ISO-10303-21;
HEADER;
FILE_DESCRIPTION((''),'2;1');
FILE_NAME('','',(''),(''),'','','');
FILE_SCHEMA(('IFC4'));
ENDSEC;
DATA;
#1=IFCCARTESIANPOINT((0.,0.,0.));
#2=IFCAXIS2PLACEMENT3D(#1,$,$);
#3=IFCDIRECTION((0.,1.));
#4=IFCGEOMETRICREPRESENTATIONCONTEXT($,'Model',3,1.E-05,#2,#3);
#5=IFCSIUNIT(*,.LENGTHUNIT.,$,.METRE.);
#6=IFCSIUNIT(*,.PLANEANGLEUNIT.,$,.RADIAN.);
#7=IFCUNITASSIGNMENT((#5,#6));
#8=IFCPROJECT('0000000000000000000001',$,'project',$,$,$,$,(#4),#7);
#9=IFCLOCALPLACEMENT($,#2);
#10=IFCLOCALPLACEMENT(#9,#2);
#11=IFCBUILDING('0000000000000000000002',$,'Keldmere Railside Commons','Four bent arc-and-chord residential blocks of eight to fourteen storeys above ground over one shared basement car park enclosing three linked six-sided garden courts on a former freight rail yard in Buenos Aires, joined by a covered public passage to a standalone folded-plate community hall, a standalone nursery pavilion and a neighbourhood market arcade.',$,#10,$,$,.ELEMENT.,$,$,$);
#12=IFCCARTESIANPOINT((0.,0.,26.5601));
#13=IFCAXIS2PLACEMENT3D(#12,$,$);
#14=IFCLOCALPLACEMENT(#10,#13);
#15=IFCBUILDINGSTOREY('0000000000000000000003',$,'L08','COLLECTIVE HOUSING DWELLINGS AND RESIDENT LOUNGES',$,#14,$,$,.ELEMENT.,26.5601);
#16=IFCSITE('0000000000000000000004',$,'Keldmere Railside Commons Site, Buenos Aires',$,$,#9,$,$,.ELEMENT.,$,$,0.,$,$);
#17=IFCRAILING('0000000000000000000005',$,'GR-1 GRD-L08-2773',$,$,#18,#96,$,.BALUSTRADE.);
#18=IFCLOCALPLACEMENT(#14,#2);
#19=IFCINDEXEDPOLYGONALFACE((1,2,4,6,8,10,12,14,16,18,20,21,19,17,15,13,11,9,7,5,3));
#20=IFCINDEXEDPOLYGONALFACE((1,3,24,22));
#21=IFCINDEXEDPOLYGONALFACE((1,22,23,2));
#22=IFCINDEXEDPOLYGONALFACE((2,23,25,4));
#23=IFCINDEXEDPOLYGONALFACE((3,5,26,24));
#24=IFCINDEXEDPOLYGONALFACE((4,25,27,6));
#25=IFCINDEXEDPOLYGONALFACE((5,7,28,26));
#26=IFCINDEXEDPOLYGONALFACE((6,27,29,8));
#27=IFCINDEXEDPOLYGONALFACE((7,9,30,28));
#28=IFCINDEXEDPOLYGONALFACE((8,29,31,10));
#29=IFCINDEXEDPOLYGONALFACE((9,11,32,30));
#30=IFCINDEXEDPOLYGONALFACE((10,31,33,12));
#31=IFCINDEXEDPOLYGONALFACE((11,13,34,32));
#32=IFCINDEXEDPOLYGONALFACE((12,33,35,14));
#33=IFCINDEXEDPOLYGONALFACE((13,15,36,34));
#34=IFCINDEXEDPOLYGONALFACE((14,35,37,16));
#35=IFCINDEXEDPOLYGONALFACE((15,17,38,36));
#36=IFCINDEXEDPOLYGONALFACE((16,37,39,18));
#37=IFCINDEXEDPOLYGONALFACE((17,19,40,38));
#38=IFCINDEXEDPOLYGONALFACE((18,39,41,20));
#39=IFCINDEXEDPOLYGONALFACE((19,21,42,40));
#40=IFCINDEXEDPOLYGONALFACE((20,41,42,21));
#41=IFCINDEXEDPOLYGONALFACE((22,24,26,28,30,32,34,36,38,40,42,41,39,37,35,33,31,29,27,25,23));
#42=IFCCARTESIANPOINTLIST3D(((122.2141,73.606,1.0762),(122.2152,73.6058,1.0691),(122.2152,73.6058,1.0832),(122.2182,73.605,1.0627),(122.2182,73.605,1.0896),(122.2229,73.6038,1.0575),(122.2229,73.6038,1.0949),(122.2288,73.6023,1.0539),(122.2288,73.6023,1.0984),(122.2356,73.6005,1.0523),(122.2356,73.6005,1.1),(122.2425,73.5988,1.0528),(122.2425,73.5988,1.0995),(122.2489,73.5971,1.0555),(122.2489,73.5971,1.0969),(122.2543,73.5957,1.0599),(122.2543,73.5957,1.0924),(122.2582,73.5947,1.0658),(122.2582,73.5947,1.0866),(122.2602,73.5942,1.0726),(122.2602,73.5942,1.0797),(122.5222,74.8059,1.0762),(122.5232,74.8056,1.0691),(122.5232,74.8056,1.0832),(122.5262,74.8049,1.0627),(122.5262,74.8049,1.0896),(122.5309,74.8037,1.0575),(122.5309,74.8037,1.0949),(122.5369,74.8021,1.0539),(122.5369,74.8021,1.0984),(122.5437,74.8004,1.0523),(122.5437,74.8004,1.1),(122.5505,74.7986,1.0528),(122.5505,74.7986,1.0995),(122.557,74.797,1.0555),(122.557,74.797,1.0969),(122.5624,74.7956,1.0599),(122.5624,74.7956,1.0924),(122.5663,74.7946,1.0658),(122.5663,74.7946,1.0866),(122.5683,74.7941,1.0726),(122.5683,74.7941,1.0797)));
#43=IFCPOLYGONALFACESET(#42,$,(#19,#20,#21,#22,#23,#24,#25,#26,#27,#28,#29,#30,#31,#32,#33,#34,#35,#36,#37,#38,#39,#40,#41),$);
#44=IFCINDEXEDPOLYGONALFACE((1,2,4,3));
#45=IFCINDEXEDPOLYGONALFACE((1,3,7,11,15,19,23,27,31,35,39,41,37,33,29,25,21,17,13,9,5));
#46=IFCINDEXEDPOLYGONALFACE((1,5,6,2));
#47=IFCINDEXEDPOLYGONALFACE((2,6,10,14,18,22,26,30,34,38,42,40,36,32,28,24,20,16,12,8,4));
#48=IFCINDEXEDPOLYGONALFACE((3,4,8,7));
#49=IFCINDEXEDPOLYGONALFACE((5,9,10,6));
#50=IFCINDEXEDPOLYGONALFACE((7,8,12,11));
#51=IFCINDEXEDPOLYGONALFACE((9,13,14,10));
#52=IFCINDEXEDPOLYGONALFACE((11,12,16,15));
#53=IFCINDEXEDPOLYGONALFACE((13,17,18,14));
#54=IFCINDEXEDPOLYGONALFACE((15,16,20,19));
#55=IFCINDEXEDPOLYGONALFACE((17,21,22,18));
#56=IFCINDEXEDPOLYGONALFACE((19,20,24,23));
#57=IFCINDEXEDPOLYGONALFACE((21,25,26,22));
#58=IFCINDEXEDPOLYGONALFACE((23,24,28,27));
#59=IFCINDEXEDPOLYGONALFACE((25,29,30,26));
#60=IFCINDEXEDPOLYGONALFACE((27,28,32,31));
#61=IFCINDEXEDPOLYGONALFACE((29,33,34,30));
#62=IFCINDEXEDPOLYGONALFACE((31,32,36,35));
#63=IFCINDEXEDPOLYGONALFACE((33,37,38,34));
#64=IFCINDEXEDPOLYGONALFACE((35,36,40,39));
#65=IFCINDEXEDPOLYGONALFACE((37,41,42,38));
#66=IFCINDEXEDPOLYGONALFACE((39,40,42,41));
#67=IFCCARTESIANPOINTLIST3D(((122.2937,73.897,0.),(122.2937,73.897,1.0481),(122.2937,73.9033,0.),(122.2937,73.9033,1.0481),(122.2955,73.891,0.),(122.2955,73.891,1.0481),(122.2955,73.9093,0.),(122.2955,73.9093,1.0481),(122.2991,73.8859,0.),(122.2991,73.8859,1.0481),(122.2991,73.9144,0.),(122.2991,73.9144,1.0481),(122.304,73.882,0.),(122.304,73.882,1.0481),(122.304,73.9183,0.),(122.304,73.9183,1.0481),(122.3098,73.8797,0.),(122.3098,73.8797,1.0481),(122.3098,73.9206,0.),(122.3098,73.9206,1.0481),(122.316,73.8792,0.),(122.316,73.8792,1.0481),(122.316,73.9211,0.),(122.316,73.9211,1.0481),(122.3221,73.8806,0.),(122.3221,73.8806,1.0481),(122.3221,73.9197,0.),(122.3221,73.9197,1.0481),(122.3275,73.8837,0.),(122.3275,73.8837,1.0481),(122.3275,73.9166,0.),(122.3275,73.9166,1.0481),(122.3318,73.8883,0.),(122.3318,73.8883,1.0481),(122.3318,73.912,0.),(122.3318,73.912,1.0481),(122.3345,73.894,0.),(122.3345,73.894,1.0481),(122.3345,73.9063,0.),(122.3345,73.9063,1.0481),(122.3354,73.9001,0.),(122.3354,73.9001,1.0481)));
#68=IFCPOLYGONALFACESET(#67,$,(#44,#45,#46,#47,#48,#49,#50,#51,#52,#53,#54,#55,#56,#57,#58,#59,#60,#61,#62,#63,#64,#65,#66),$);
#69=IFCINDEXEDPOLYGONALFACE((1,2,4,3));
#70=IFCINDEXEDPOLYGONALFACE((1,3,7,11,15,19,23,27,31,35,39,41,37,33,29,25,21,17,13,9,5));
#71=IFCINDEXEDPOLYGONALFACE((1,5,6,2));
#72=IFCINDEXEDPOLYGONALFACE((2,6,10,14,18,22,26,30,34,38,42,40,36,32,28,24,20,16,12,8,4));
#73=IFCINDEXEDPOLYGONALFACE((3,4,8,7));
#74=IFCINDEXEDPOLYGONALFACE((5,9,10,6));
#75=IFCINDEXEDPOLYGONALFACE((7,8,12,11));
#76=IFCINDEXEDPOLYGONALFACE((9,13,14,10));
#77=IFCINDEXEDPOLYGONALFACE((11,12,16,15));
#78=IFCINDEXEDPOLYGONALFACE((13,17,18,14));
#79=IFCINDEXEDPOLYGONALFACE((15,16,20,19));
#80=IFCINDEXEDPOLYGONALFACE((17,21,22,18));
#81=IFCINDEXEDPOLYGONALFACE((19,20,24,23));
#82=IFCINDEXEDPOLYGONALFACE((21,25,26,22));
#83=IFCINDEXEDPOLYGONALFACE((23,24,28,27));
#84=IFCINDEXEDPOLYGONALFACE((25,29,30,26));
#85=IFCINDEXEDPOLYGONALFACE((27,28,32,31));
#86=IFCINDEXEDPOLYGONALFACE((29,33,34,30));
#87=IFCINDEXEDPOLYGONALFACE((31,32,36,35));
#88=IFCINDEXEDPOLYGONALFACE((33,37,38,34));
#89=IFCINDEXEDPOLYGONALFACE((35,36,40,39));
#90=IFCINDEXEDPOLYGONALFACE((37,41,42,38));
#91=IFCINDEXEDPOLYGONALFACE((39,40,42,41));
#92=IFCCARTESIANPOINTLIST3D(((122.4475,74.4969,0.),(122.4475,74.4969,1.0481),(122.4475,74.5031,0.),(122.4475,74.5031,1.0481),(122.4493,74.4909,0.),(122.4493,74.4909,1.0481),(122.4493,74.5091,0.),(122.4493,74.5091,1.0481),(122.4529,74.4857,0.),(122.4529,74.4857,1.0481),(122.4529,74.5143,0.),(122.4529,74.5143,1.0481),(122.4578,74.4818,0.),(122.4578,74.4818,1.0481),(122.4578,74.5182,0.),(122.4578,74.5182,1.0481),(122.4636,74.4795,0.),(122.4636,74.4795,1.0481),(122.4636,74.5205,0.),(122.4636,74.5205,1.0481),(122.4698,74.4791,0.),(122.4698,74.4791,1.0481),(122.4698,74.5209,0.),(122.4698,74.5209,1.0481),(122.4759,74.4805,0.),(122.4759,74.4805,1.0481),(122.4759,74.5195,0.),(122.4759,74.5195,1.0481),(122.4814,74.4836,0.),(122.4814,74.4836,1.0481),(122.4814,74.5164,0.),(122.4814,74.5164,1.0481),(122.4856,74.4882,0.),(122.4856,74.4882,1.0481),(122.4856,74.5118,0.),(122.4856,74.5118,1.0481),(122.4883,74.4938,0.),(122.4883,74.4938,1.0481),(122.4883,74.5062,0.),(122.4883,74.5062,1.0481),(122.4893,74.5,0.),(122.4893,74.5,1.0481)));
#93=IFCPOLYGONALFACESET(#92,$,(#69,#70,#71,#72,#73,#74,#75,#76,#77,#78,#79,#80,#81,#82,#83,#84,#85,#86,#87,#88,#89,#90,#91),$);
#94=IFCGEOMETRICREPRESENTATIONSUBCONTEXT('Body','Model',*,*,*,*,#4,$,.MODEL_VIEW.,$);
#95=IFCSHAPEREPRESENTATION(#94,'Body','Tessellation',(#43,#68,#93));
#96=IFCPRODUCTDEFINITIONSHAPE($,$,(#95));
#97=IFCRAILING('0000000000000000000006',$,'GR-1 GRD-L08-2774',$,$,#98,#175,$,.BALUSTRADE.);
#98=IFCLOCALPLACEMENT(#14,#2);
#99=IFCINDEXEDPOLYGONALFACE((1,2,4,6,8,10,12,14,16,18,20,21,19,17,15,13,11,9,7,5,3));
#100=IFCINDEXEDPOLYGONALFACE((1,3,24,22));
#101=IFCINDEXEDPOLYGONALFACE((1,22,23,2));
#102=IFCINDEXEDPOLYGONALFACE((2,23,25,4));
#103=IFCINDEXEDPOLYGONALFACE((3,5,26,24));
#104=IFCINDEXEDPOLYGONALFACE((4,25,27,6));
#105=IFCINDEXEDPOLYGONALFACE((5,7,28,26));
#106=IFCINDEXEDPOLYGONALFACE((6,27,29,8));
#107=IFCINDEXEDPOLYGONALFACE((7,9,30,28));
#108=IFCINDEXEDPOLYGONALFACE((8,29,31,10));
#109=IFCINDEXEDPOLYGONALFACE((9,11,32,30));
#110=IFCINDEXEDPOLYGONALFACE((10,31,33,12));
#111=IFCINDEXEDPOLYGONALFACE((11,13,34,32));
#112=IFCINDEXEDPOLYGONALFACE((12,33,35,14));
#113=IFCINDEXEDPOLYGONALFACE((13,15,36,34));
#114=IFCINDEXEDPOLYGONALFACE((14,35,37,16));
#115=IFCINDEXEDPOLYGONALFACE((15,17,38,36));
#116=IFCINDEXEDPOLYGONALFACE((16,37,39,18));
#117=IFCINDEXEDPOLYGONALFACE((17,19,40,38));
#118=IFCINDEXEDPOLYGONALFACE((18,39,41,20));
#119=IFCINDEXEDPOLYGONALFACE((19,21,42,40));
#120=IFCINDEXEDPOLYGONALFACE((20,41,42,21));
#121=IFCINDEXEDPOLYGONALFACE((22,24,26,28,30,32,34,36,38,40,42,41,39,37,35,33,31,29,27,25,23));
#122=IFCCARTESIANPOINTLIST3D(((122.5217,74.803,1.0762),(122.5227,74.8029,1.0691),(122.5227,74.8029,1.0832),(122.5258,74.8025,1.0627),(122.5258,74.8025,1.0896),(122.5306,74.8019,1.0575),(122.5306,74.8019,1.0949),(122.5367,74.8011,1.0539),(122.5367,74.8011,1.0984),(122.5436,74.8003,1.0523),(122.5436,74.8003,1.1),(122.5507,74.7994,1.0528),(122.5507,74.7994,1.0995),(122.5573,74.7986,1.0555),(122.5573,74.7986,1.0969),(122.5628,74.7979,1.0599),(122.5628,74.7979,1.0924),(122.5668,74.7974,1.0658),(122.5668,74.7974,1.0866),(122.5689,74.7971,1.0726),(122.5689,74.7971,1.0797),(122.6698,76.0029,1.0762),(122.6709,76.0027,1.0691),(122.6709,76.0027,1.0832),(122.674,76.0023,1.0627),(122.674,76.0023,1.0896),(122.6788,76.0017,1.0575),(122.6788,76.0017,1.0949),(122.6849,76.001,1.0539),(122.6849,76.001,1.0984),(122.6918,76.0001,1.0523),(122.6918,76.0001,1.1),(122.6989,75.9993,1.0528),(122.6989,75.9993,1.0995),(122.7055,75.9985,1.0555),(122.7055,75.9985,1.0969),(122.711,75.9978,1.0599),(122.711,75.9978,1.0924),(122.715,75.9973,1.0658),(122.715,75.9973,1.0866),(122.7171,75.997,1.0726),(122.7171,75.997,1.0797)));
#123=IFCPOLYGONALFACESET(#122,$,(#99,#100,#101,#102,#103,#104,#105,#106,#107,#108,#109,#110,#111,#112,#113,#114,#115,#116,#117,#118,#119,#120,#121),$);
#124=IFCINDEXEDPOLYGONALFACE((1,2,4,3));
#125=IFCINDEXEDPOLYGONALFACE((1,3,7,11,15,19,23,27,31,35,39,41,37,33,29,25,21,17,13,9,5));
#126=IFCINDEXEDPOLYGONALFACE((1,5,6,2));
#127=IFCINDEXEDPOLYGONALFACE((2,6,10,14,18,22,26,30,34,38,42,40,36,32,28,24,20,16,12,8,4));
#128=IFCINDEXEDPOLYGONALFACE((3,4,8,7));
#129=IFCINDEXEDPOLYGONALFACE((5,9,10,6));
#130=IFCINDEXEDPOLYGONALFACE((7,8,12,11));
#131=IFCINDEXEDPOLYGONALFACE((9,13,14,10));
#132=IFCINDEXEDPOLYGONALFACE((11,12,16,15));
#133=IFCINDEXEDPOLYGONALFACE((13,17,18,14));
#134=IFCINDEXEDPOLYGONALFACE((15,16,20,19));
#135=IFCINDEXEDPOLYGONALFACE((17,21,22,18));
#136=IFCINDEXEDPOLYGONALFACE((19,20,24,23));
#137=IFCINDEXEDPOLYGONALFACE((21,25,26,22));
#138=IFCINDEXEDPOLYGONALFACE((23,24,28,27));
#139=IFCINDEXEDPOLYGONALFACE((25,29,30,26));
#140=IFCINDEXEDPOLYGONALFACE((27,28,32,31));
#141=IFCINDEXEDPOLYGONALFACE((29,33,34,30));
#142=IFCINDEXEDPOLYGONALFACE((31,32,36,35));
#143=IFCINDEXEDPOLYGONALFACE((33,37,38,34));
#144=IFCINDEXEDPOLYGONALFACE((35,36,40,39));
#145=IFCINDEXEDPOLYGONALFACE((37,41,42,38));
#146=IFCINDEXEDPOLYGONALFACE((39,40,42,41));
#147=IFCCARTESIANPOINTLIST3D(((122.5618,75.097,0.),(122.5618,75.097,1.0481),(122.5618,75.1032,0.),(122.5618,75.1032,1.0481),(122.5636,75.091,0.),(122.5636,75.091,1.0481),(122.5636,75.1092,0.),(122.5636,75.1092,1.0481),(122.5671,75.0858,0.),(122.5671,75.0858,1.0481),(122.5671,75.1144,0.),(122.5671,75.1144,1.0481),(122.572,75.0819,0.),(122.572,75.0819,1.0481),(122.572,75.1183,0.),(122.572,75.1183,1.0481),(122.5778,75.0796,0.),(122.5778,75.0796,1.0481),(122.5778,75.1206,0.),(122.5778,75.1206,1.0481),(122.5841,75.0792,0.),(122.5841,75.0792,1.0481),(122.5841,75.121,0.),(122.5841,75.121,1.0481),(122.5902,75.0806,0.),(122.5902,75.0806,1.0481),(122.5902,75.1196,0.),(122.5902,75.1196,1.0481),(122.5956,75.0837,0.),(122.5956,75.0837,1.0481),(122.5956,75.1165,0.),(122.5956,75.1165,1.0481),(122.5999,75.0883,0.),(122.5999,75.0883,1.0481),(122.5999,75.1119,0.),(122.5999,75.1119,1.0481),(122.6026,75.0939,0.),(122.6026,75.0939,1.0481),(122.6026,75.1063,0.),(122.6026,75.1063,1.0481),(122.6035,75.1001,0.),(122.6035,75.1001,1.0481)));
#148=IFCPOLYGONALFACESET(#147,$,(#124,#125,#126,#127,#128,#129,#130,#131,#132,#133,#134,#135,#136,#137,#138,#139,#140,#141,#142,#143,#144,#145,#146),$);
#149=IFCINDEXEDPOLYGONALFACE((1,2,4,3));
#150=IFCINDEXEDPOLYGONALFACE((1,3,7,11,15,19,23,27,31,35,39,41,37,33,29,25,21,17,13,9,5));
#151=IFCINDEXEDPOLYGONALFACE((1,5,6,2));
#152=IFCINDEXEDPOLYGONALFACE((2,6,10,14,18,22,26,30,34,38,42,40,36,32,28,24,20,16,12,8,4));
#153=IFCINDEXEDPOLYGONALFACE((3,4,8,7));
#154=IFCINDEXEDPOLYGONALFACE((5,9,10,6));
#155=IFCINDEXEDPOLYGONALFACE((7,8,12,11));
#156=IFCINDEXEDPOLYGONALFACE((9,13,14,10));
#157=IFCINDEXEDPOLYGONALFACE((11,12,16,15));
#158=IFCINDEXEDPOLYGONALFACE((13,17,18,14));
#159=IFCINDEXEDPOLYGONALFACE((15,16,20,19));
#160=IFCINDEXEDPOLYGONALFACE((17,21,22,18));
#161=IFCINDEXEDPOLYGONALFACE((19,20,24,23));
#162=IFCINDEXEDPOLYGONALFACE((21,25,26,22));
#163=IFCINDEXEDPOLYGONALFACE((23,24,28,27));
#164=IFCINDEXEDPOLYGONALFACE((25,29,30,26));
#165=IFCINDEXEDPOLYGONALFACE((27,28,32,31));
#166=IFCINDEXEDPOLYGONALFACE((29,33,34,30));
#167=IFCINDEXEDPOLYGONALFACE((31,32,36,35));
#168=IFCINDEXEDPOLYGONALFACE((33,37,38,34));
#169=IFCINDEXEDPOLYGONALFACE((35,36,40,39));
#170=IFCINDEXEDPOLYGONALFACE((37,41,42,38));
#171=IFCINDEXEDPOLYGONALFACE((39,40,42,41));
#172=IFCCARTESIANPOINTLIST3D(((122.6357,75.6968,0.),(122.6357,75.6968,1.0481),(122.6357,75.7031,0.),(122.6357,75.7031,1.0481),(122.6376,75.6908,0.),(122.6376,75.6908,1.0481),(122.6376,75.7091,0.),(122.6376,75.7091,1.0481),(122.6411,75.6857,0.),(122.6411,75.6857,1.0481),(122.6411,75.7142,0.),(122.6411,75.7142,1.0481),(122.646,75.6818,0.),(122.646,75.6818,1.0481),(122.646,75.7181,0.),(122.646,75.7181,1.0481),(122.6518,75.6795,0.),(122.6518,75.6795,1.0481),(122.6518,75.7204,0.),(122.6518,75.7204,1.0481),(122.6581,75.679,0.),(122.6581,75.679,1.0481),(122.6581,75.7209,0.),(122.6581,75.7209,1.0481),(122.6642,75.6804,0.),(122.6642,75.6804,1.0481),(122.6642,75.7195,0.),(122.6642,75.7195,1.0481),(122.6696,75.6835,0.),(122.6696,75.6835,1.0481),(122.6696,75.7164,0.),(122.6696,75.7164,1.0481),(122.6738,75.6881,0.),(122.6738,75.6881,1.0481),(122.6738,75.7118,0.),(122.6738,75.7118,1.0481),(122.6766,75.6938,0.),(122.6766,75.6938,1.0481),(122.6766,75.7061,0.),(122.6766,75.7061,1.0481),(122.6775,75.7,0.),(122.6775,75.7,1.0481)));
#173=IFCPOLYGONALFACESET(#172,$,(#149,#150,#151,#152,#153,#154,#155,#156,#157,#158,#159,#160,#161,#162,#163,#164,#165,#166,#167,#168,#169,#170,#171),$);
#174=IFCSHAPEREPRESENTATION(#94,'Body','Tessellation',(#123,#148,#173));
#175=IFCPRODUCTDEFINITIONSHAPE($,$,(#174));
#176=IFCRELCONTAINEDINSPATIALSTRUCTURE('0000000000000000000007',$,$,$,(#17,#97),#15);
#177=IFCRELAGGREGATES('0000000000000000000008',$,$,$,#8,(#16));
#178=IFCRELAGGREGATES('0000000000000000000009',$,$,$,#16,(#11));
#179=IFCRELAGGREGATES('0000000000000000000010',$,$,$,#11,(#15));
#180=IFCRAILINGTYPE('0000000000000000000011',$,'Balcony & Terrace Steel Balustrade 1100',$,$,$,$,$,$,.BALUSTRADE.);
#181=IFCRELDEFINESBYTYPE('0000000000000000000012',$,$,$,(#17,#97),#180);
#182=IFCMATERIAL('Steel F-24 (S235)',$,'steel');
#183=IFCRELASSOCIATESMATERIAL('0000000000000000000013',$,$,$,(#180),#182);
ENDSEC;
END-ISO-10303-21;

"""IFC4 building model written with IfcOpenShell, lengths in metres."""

from ifc_helpers import new_model, si_unit, direction, frame, origin, origin_2d, place, context, subcontext, project, spatial, circle, extrude, material, type_object, element, save


model = new_model("IFC4")

# Units and contexts
model_context = context("Model", 3, precision=1e-05, world=origin(), true_north=direction((0.0, 1.0)))
body_context = subcontext(model_context, "Body", "Model", "MODEL_VIEW")
ifc_project = project(units=[si_unit("LENGTHUNIT", "METRE"), si_unit("PLANEANGLEUNIT", "RADIAN")], contexts=[model_context])

# Site, building, storey
site_placement = place(None, origin())
site = spatial("IfcSite", under=ifc_project, at=site_placement, Name="Keldmere Railside Commons Site, Buenos Aires", CompositionType="ELEMENT", RefElevation=0.0)
building_placement = place(site_placement, origin())
building = spatial("IfcBuilding", under=site, at=building_placement, Name="Keldmere Railside Commons", Description="Four bent arc-and-chord residential blocks of eight to fourteen storeys above ground over one shared basement car park enclosing three linked six-sided garden courts on a former freight rail yard in Buenos Aires, joined by a covered public passage to a standalone folded-plate community hall, a standalone nursery pavilion and a neighbourhood market arcade.", CompositionType="ELEMENT")
storey_placement = place(building_placement, frame((0.0, 0.0, 26.5601)))
storey = spatial("IfcBuildingStorey", under=building, at=storey_placement, Name="L08", Description="COLLECTIVE HOUSING DWELLINGS AND RESIDENT LOUNGES", CompositionType="ELEMENT", Elevation=26.5601)

# Railings
ifc_material_1 = material(Name="Steel F-24 (S235)", Category="steel")
railing_type = type_object("IfcRailingType", Name="Balcony & Terrace Steel Balustrade 1100", PredefinedType="BALUSTRADE", material=ifc_material_1)
railing_1_placement = place(storey_placement, frame((122.2373, 73.6001, 0.0)))
element("IfcRailing", 1, at=railing_1_placement, inside=storey, type_object=railing_type, Name="GR-1 GRD-L08-2773", PredefinedType="BALUSTRADE", context=body_context, shape_type="SweptSolid", body=[
    extrude(circle(Radius=0.0239, at=origin_2d()), frame((0.0, 0.0, 1.0762), z_axis=(0.248698, 0.968581, 0.0), x_axis=(-0.968581, 0.248698, 0.0)), (0.0, 0.0, 1.0), 1.2388),
    extrude(circle(Radius=0.021, at=origin_2d()), frame((0.0771, 0.3, 0.0)), (0.0, 0.0, 1.0), 1.0481),
    extrude(circle(Radius=0.021, at=origin_2d()), frame((0.231, 0.8999, 0.0)), (0.0, 0.0, 1.0), 1.0481),
])
railing_2_placement = place(storey_placement, frame((122.5454, 74.8, 0.0)))
element("IfcRailing", 2, at=railing_2_placement, inside=storey, type_object=railing_type, Name="GR-1 GRD-L08-2774", PredefinedType="BALUSTRADE", context=body_context, shape_type="SweptSolid", body=[
    extrude(circle(Radius=0.0239, at=origin_2d()), frame((0.0, 0.0, 1.0762), z_axis=(0.122568, 0.99246, 0.0), x_axis=(-0.99246, 0.122568, 0.0)), (0.0, 0.0, 1.0), 1.209),
    extrude(circle(Radius=0.021, at=origin_2d()), frame((0.0371, 0.3, 0.0)), (0.0, 0.0, 1.0), 1.0481),
    extrude(circle(Radius=0.021, at=origin_2d()), frame((0.1111, 0.8999, 0.0)), (0.0, 0.0, 1.0), 1.0481),
])

save(model, "model.ifc")
